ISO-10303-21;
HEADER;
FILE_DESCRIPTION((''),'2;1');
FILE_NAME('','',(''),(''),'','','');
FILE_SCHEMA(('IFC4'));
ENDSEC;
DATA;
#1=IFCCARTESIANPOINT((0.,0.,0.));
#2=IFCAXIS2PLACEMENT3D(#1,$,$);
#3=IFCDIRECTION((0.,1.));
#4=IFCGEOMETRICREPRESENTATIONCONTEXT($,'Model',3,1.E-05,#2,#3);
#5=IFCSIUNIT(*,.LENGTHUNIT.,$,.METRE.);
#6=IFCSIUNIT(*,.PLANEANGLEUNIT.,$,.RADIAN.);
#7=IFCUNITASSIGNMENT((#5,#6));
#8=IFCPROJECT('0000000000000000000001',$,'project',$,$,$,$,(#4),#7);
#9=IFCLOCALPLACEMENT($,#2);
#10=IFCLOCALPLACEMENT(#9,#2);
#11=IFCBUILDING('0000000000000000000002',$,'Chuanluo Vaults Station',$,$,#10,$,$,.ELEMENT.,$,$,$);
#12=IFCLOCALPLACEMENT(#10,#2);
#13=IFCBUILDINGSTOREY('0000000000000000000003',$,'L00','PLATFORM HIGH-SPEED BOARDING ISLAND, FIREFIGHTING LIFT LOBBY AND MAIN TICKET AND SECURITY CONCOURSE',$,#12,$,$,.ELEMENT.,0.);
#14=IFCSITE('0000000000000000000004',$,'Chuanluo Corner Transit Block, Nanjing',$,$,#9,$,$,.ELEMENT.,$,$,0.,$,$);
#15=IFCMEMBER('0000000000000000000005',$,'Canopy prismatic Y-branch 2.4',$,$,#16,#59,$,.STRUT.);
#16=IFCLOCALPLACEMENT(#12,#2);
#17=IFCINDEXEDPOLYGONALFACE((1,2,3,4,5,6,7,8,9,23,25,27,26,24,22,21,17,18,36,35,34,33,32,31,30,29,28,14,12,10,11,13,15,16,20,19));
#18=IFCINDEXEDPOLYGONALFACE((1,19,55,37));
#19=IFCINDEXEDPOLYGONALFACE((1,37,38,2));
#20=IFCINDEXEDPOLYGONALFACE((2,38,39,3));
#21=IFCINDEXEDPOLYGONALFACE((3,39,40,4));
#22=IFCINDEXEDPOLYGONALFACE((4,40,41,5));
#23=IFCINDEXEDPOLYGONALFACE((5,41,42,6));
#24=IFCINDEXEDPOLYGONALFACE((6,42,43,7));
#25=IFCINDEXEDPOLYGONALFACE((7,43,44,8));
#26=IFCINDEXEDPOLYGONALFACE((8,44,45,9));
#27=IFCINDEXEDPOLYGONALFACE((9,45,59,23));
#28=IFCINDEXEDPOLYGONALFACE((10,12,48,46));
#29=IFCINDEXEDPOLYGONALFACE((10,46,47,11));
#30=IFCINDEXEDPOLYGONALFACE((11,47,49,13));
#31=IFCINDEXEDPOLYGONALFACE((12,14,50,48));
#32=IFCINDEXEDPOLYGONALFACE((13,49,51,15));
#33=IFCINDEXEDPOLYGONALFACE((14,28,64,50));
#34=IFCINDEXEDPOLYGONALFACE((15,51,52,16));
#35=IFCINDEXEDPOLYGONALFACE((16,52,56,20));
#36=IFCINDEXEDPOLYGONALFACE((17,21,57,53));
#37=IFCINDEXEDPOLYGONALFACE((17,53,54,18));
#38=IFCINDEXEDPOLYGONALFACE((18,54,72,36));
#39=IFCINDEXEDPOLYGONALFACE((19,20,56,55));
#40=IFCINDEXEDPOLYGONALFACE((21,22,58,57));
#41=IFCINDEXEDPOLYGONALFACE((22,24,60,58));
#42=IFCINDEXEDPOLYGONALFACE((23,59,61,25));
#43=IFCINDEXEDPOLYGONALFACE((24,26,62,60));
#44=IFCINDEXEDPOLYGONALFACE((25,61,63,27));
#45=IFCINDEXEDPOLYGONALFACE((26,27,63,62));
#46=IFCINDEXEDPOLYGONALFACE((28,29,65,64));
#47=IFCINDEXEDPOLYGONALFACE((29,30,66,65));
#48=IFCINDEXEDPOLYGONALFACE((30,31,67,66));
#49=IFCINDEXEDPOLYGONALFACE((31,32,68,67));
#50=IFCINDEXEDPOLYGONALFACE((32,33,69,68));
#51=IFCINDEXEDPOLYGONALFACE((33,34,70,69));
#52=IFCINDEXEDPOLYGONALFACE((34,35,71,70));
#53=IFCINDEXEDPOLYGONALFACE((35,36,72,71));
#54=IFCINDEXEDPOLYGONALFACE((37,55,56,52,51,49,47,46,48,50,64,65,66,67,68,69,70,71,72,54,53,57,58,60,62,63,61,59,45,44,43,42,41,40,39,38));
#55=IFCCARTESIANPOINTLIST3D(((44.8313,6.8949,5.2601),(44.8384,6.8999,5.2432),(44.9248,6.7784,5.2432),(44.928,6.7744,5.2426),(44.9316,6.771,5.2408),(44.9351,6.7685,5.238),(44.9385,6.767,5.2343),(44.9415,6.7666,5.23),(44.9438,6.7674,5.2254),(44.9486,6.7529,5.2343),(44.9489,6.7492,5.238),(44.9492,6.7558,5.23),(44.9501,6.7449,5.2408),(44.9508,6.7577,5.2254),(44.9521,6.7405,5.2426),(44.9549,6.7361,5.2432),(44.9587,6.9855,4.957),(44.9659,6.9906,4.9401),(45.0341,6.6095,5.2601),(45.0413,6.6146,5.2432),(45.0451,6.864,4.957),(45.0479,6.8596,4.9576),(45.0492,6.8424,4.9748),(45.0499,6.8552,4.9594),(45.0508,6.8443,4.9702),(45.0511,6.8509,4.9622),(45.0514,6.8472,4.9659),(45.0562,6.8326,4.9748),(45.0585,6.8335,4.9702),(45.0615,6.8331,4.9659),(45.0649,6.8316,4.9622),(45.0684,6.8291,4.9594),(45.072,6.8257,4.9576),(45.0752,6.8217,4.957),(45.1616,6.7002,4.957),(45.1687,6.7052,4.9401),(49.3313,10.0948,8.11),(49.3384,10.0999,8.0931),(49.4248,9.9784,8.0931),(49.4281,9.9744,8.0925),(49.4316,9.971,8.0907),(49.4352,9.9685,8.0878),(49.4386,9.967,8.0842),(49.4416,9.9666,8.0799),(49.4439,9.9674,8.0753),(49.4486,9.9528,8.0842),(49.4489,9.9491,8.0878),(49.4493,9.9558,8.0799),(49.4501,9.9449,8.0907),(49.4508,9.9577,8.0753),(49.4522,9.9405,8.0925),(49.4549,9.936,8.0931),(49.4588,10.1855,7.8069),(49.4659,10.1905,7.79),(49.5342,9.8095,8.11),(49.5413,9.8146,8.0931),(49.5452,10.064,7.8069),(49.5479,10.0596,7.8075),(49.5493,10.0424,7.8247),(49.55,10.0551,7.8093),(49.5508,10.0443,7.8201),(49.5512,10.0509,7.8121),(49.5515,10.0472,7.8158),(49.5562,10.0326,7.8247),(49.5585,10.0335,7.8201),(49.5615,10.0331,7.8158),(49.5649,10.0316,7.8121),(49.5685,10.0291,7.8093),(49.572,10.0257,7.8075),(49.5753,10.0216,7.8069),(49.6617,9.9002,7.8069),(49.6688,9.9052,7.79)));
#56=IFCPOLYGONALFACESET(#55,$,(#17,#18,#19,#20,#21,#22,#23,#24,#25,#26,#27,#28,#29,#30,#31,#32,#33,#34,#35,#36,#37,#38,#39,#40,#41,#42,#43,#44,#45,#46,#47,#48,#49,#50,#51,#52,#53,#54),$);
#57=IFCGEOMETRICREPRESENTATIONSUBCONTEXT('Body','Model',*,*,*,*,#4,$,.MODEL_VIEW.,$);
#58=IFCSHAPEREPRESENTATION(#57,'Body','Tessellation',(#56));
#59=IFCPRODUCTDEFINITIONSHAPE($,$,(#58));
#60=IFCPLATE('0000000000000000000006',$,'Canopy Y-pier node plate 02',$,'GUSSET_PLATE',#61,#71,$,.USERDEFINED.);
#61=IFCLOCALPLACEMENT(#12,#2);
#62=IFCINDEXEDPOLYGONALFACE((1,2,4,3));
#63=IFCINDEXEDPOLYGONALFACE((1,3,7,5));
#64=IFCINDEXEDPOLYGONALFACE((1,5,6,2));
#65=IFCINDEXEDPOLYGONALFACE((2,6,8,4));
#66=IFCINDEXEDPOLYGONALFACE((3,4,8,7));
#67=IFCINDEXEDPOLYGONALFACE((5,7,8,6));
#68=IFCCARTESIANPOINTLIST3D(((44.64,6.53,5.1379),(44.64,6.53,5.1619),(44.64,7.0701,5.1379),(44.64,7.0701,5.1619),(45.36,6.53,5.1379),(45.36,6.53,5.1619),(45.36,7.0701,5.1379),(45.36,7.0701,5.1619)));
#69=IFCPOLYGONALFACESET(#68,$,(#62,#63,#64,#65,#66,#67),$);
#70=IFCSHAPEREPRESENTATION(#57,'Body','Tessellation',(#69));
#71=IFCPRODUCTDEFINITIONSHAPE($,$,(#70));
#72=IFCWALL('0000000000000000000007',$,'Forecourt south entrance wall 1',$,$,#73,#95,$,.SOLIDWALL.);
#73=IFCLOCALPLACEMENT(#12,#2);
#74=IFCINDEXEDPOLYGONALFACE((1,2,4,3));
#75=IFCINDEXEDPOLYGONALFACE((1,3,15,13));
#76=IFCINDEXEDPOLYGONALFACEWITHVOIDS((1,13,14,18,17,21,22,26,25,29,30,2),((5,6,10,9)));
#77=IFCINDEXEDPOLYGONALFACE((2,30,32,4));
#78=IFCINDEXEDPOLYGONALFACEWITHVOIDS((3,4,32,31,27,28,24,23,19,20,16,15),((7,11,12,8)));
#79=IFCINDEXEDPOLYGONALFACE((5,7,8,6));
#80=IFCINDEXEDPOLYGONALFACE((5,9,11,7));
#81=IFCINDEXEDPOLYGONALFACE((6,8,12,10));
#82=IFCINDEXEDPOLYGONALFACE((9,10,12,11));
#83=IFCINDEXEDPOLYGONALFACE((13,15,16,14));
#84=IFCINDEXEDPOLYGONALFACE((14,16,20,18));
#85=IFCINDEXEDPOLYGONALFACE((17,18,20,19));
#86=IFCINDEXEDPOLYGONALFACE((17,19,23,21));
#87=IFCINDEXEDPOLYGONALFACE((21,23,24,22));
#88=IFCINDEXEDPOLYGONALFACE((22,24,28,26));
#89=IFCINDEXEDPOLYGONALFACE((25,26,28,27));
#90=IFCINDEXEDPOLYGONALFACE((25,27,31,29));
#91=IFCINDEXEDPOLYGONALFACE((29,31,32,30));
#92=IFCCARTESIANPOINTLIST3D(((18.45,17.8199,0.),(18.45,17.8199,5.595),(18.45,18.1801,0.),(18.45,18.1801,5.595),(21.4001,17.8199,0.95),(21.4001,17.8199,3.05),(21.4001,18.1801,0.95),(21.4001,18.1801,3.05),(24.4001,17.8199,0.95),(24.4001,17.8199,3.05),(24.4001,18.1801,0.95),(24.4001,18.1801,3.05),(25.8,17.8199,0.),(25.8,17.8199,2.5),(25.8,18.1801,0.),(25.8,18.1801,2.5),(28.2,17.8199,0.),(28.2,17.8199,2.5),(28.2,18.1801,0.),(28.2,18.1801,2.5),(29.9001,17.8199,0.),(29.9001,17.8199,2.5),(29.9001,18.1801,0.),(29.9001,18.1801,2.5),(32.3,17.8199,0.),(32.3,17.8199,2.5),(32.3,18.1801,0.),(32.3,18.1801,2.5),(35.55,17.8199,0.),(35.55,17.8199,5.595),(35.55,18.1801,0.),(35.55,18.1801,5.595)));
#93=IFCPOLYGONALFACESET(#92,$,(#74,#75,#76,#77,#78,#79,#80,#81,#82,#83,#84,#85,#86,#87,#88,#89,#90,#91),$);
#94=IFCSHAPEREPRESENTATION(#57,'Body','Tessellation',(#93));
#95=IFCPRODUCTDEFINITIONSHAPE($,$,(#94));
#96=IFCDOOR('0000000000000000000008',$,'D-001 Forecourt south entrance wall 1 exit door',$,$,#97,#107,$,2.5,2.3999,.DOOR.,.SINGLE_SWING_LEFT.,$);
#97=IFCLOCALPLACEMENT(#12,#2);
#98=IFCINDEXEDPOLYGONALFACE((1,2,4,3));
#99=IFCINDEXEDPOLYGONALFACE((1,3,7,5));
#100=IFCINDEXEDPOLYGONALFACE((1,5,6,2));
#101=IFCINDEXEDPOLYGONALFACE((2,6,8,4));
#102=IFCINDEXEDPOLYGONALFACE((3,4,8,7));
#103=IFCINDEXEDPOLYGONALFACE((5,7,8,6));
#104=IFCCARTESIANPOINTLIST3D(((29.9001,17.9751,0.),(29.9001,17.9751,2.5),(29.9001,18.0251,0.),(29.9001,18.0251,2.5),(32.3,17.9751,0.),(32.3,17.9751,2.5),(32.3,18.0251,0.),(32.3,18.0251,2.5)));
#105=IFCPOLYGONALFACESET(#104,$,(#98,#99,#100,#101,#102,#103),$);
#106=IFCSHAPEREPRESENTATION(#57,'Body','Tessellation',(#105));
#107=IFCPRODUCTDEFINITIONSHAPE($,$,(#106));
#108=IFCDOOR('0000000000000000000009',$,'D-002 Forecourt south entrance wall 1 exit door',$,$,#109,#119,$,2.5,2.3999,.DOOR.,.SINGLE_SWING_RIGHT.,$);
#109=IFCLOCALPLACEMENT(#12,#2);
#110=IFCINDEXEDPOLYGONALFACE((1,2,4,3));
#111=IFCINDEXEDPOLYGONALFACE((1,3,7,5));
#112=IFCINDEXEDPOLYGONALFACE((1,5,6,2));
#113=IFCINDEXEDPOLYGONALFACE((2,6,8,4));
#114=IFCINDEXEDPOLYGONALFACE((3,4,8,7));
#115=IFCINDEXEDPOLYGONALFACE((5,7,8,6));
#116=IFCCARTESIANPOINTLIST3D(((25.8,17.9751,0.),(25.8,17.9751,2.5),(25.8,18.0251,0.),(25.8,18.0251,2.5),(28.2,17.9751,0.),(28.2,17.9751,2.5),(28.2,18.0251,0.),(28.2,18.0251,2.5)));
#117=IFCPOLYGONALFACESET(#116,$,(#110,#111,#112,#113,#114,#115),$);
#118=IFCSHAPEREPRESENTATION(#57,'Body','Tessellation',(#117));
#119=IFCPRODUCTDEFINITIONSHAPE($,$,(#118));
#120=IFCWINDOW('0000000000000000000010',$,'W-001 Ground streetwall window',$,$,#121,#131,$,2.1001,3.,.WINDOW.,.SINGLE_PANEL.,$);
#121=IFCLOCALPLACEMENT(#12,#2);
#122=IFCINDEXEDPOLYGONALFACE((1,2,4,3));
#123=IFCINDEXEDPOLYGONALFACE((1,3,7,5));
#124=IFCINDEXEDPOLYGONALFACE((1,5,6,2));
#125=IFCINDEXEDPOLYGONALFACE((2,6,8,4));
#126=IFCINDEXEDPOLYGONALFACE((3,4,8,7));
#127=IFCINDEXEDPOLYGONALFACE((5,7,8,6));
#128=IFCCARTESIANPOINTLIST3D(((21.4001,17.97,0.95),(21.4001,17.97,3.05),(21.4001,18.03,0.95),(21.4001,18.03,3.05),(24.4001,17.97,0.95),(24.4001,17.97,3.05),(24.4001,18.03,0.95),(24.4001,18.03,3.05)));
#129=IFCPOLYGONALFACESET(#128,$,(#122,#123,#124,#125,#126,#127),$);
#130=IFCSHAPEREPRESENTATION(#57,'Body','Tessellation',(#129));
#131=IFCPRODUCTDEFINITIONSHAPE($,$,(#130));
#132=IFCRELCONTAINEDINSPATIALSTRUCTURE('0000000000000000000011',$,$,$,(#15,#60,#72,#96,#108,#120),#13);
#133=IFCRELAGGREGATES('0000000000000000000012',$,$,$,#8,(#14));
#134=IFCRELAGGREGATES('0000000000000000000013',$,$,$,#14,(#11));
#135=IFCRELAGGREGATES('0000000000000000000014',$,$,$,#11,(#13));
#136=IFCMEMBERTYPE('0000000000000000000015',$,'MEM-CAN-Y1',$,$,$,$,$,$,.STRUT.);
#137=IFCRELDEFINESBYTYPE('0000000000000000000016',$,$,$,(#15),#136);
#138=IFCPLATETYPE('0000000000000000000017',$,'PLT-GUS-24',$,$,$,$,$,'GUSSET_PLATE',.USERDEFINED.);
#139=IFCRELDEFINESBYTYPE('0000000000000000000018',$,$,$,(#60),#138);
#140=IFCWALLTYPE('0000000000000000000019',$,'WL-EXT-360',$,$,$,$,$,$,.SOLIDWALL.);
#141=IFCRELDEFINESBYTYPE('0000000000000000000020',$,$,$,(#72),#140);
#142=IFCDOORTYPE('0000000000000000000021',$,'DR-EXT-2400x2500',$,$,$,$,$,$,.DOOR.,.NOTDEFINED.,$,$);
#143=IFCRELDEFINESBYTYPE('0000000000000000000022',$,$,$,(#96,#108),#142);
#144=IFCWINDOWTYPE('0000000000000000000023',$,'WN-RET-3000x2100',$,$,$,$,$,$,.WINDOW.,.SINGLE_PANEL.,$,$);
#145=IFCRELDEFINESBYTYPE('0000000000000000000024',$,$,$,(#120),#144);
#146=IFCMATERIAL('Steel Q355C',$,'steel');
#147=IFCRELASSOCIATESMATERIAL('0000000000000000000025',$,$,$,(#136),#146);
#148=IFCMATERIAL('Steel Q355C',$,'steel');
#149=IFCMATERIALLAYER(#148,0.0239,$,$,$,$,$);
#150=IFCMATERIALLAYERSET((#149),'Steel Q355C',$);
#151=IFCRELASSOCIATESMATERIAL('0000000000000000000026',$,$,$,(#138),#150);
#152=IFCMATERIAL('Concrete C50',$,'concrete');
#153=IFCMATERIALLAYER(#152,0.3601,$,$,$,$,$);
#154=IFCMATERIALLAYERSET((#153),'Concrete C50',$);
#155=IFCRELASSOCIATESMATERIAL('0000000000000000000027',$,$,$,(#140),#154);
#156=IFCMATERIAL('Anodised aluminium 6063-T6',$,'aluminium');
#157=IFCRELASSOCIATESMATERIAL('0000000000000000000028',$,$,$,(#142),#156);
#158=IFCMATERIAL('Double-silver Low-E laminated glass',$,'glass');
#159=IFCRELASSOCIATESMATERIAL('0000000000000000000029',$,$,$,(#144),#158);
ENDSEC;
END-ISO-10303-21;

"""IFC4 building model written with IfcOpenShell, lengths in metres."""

from ifc_helpers import new_model, si_unit, direction, frame, frame_2d, origin, origin_2d, place, context, subcontext, project, spatial, rectangle, i_section, extrude, material, layer, layer_set, material_profile, profile_set, type_object, element, fill, save


model = new_model("IFC4")

# Units and contexts
model_context = context("Model", 3, precision=1e-05, world=origin(), true_north=direction((0.0, 1.0)))
body_context = subcontext(model_context, "Body", "Model", "MODEL_VIEW")
ifc_project = project(units=[si_unit("LENGTHUNIT", "METRE"), si_unit("PLANEANGLEUNIT", "RADIAN")], contexts=[model_context])

# Site, building, storey
site_placement = place(None, origin())
site = spatial("IfcSite", under=ifc_project, at=site_placement, Name="Chuanluo Corner Transit Block, Nanjing", CompositionType="ELEMENT", RefElevation=0.0)
building_placement = place(site_placement, origin())
building = spatial("IfcBuilding", under=site, at=building_placement, Name="Chuanluo Vaults Station", CompositionType="ELEMENT")
storey_placement = place(building_placement, origin())
storey = spatial("IfcBuildingStorey", under=building, at=storey_placement, Name="L00", Description="PLATFORM HIGH-SPEED BOARDING ISLAND, FIREFIGHTING LIFT LOBBY AND MAIN TICKET AND SECURITY CONCOURSE", CompositionType="ELEMENT", Elevation=0.0)

# Member
ifc_material_1 = material(Name="Steel Q355C", Category="steel")
ifc_material_profile_1 = material_profile(ifc_material_1, i_section(OverallWidth=0.3501, OverallDepth=0.3601, WebThickness=0.012, FlangeThickness=0.019, FilletRadius=0.02, at=origin_2d()))
ifc_profile_set_1 = profile_set([ifc_material_profile_1], Name="Steel Q355C")
member_type = type_object("IfcMemberType", Name="MEM-CAN-Y1", PredefinedType="STRUT", material=ifc_profile_set_1)
for number, where, z_axis, x_axis, name in (
    (1, (45.0, 6.8, 5.1001), (0.724194, 0.514975, 0.458633), (-0.579518, 0.81496, 0.0), "Canopy prismatic Y-branch 2.4"),
):
    element("IfcMember", number, at=place(storey_placement, frame(where, z_axis=z_axis, x_axis=x_axis)), inside=storey, type_object=member_type, Name=name, PredefinedType="STRUT", context=body_context, shape_type="SweptSolid", body=[
        extrude(i_section(OverallWidth=0.3501, OverallDepth=0.3601, WebThickness=0.012, FlangeThickness=0.019, FilletRadius=0.02, at=origin_2d()), origin(), (0.0, 0.0, 1.0), 6.2139),
    ])

# Plate
ifc_material_2 = material(Name="Steel Q355C", Category="steel")
ifc_layer_1 = layer(ifc_material_2, 0.0239)
ifc_layer_set_1 = layer_set([ifc_layer_1], Name="Steel Q355C")
plate_type = type_object("IfcPlateType", Name="PLT-GUS-24", ElementType="GUSSET_PLATE", PredefinedType="USERDEFINED", material=ifc_layer_set_1)
plate_placement = place(storey_placement, frame((45.0, 6.8, 5.1379), z_axis=(0.0, 0.0, 1.0), x_axis=(1.0, 0.0, 0.0)))
element("IfcPlate", 2, at=plate_placement, inside=storey, type_object=plate_type, Name="Canopy Y-pier node plate 02", ObjectType="GUSSET_PLATE", PredefinedType="USERDEFINED", context=body_context, shape_type="SweptSolid", body=[
    extrude(rectangle(XDim=0.72, YDim=0.54, at=origin_2d()), origin(), (0.0, 0.0, 1.0), 0.0239),
])

# Wall, openings, doors, window
ifc_material_3 = material(Name="Concrete C50", Category="concrete")
ifc_layer_2 = layer(ifc_material_3, 0.3601)
ifc_layer_set_2 = layer_set([ifc_layer_2], Name="Concrete C50")
wall_type_1 = type_object("IfcWallType", Name="WL-EXT-360", PredefinedType="SOLIDWALL", material=ifc_layer_set_2)
wall_1_placement = place(storey_placement, frame((35.55, 18.0, 0.0), z_axis=(0.0, 0.0, 1.0), x_axis=(-1.0, 0.0, 0.0)))
wall_1 = element("IfcWall", 3, at=wall_1_placement, inside=storey, type_object=wall_type_1, Name="Forecourt south entrance wall 1", PredefinedType="SOLIDWALL", context=body_context, shape_type="SweptSolid", body=[
    extrude(rectangle(XDim=17.1001, YDim=0.3601, at=frame_2d((8.55, 0.0))), origin(), (0.0, 0.0, 1.0), 5.595),
])
opening_1_placement = place(wall_1_placement, frame((3.25, 0.0, 0.0)))
opening_1 = element("IfcOpeningElement", 4, at=opening_1_placement, cuts=wall_1, PredefinedType="OPENING", context=body_context, shape_type="SweptSolid", body=[
    extrude(rectangle(XDim=2.3999, YDim=2.5, at=frame_2d((1.2, 1.25))), frame((0.0, 0.1902, 0.0), z_axis=(0.0, -1.0, 0.0), x_axis=(1.0, 0.0, 0.0)), (0.0, 0.0, 1.0), 0.3801),
])
opening_2_placement = place(wall_1_placement, frame((7.3501, 0.0, 0.0)))
opening_2 = element("IfcOpeningElement", 5, at=opening_2_placement, cuts=wall_1, PredefinedType="OPENING", context=body_context, shape_type="SweptSolid", body=[
    extrude(rectangle(XDim=2.3999, YDim=2.5, at=frame_2d((1.2, 1.25))), frame((0.0, 0.1902, 0.0), z_axis=(0.0, -1.0, 0.0), x_axis=(1.0, 0.0, 0.0)), (0.0, 0.0, 1.0), 0.3801),
])
opening_3_placement = place(wall_1_placement, frame((11.1499, 0.0, 0.95)))
opening_3 = element("IfcOpeningElement", 6, at=opening_3_placement, cuts=wall_1, PredefinedType="OPENING", context=body_context, shape_type="SweptSolid", body=[
    extrude(rectangle(XDim=3.0, YDim=2.1001, at=frame_2d((1.5, 1.05))), frame((0.0, 0.1902, 0.0), z_axis=(0.0, -1.0, 0.0), x_axis=(1.0, 0.0, 0.0)), (0.0, 0.0, 1.0), 0.3801),
])
ifc_material_4 = material(Name="Anodised aluminium 6063-T6", Category="aluminium")
door_type_1 = type_object("IfcDoorType", Name="DR-EXT-2400x2500", OperationType="NOTDEFINED", PredefinedType="DOOR", material=ifc_material_4)
door_1_placement = place(opening_1_placement, origin())
door_1 = element("IfcDoor", 7, at=door_1_placement, inside=storey, type_object=door_type_1, Name="D-001 Forecourt south entrance wall 1 exit door", OperationType="SINGLE_SWING_LEFT", OverallHeight=2.5, OverallWidth=2.3999, PredefinedType="DOOR", context=body_context, shape_type="SweptSolid", body=[
    extrude(rectangle(XDim=2.3999, YDim=2.5, at=frame_2d((1.2, 1.25))), frame((0.0, 0.0249, 0.0), z_axis=(0.0, -1.0, 0.0), x_axis=(1.0, 0.0, 0.0)), (0.0, 0.0, 1.0), 0.05),
])
fill(opening_1, door_1)
door_2_placement = place(opening_2_placement, origin())
door_2 = element("IfcDoor", 8, at=door_2_placement, inside=storey, type_object=door_type_1, Name="D-002 Forecourt south entrance wall 1 exit door", OperationType="SINGLE_SWING_RIGHT", OverallHeight=2.5, OverallWidth=2.3999, PredefinedType="DOOR", context=body_context, shape_type="SweptSolid", body=[
    extrude(rectangle(XDim=2.3999, YDim=2.5, at=frame_2d((1.2, 1.25))), frame((0.0, 0.0249, 0.0), z_axis=(0.0, -1.0, 0.0), x_axis=(1.0, 0.0, 0.0)), (0.0, 0.0, 1.0), 0.05),
])
fill(opening_2, door_2)
ifc_material_5 = material(Name="Double-silver Low-E laminated glass", Category="glass")
window_type_1 = type_object("IfcWindowType", Name="WN-RET-3000x2100", PartitioningType="SINGLE_PANEL", PredefinedType="WINDOW", material=ifc_material_5)
window_1_placement = place(opening_3_placement, origin())
window_1 = element("IfcWindow", 9, at=window_1_placement, inside=storey, type_object=window_type_1, Name="W-001 Ground streetwall window", OverallHeight=2.1001, OverallWidth=3.0, PartitioningType="SINGLE_PANEL", PredefinedType="WINDOW", context=body_context, shape_type="SweptSolid", body=[
    extrude(rectangle(XDim=3.0, YDim=2.1001, at=frame_2d((1.5, 1.05))), frame((0.0, 0.03, 0.0), z_axis=(0.0, -1.0, 0.0), x_axis=(1.0, 0.0, 0.0)), (0.0, 0.0, 1.0), 0.0601),
])
fill(opening_3, window_1)

save(model, "model.ifc")
